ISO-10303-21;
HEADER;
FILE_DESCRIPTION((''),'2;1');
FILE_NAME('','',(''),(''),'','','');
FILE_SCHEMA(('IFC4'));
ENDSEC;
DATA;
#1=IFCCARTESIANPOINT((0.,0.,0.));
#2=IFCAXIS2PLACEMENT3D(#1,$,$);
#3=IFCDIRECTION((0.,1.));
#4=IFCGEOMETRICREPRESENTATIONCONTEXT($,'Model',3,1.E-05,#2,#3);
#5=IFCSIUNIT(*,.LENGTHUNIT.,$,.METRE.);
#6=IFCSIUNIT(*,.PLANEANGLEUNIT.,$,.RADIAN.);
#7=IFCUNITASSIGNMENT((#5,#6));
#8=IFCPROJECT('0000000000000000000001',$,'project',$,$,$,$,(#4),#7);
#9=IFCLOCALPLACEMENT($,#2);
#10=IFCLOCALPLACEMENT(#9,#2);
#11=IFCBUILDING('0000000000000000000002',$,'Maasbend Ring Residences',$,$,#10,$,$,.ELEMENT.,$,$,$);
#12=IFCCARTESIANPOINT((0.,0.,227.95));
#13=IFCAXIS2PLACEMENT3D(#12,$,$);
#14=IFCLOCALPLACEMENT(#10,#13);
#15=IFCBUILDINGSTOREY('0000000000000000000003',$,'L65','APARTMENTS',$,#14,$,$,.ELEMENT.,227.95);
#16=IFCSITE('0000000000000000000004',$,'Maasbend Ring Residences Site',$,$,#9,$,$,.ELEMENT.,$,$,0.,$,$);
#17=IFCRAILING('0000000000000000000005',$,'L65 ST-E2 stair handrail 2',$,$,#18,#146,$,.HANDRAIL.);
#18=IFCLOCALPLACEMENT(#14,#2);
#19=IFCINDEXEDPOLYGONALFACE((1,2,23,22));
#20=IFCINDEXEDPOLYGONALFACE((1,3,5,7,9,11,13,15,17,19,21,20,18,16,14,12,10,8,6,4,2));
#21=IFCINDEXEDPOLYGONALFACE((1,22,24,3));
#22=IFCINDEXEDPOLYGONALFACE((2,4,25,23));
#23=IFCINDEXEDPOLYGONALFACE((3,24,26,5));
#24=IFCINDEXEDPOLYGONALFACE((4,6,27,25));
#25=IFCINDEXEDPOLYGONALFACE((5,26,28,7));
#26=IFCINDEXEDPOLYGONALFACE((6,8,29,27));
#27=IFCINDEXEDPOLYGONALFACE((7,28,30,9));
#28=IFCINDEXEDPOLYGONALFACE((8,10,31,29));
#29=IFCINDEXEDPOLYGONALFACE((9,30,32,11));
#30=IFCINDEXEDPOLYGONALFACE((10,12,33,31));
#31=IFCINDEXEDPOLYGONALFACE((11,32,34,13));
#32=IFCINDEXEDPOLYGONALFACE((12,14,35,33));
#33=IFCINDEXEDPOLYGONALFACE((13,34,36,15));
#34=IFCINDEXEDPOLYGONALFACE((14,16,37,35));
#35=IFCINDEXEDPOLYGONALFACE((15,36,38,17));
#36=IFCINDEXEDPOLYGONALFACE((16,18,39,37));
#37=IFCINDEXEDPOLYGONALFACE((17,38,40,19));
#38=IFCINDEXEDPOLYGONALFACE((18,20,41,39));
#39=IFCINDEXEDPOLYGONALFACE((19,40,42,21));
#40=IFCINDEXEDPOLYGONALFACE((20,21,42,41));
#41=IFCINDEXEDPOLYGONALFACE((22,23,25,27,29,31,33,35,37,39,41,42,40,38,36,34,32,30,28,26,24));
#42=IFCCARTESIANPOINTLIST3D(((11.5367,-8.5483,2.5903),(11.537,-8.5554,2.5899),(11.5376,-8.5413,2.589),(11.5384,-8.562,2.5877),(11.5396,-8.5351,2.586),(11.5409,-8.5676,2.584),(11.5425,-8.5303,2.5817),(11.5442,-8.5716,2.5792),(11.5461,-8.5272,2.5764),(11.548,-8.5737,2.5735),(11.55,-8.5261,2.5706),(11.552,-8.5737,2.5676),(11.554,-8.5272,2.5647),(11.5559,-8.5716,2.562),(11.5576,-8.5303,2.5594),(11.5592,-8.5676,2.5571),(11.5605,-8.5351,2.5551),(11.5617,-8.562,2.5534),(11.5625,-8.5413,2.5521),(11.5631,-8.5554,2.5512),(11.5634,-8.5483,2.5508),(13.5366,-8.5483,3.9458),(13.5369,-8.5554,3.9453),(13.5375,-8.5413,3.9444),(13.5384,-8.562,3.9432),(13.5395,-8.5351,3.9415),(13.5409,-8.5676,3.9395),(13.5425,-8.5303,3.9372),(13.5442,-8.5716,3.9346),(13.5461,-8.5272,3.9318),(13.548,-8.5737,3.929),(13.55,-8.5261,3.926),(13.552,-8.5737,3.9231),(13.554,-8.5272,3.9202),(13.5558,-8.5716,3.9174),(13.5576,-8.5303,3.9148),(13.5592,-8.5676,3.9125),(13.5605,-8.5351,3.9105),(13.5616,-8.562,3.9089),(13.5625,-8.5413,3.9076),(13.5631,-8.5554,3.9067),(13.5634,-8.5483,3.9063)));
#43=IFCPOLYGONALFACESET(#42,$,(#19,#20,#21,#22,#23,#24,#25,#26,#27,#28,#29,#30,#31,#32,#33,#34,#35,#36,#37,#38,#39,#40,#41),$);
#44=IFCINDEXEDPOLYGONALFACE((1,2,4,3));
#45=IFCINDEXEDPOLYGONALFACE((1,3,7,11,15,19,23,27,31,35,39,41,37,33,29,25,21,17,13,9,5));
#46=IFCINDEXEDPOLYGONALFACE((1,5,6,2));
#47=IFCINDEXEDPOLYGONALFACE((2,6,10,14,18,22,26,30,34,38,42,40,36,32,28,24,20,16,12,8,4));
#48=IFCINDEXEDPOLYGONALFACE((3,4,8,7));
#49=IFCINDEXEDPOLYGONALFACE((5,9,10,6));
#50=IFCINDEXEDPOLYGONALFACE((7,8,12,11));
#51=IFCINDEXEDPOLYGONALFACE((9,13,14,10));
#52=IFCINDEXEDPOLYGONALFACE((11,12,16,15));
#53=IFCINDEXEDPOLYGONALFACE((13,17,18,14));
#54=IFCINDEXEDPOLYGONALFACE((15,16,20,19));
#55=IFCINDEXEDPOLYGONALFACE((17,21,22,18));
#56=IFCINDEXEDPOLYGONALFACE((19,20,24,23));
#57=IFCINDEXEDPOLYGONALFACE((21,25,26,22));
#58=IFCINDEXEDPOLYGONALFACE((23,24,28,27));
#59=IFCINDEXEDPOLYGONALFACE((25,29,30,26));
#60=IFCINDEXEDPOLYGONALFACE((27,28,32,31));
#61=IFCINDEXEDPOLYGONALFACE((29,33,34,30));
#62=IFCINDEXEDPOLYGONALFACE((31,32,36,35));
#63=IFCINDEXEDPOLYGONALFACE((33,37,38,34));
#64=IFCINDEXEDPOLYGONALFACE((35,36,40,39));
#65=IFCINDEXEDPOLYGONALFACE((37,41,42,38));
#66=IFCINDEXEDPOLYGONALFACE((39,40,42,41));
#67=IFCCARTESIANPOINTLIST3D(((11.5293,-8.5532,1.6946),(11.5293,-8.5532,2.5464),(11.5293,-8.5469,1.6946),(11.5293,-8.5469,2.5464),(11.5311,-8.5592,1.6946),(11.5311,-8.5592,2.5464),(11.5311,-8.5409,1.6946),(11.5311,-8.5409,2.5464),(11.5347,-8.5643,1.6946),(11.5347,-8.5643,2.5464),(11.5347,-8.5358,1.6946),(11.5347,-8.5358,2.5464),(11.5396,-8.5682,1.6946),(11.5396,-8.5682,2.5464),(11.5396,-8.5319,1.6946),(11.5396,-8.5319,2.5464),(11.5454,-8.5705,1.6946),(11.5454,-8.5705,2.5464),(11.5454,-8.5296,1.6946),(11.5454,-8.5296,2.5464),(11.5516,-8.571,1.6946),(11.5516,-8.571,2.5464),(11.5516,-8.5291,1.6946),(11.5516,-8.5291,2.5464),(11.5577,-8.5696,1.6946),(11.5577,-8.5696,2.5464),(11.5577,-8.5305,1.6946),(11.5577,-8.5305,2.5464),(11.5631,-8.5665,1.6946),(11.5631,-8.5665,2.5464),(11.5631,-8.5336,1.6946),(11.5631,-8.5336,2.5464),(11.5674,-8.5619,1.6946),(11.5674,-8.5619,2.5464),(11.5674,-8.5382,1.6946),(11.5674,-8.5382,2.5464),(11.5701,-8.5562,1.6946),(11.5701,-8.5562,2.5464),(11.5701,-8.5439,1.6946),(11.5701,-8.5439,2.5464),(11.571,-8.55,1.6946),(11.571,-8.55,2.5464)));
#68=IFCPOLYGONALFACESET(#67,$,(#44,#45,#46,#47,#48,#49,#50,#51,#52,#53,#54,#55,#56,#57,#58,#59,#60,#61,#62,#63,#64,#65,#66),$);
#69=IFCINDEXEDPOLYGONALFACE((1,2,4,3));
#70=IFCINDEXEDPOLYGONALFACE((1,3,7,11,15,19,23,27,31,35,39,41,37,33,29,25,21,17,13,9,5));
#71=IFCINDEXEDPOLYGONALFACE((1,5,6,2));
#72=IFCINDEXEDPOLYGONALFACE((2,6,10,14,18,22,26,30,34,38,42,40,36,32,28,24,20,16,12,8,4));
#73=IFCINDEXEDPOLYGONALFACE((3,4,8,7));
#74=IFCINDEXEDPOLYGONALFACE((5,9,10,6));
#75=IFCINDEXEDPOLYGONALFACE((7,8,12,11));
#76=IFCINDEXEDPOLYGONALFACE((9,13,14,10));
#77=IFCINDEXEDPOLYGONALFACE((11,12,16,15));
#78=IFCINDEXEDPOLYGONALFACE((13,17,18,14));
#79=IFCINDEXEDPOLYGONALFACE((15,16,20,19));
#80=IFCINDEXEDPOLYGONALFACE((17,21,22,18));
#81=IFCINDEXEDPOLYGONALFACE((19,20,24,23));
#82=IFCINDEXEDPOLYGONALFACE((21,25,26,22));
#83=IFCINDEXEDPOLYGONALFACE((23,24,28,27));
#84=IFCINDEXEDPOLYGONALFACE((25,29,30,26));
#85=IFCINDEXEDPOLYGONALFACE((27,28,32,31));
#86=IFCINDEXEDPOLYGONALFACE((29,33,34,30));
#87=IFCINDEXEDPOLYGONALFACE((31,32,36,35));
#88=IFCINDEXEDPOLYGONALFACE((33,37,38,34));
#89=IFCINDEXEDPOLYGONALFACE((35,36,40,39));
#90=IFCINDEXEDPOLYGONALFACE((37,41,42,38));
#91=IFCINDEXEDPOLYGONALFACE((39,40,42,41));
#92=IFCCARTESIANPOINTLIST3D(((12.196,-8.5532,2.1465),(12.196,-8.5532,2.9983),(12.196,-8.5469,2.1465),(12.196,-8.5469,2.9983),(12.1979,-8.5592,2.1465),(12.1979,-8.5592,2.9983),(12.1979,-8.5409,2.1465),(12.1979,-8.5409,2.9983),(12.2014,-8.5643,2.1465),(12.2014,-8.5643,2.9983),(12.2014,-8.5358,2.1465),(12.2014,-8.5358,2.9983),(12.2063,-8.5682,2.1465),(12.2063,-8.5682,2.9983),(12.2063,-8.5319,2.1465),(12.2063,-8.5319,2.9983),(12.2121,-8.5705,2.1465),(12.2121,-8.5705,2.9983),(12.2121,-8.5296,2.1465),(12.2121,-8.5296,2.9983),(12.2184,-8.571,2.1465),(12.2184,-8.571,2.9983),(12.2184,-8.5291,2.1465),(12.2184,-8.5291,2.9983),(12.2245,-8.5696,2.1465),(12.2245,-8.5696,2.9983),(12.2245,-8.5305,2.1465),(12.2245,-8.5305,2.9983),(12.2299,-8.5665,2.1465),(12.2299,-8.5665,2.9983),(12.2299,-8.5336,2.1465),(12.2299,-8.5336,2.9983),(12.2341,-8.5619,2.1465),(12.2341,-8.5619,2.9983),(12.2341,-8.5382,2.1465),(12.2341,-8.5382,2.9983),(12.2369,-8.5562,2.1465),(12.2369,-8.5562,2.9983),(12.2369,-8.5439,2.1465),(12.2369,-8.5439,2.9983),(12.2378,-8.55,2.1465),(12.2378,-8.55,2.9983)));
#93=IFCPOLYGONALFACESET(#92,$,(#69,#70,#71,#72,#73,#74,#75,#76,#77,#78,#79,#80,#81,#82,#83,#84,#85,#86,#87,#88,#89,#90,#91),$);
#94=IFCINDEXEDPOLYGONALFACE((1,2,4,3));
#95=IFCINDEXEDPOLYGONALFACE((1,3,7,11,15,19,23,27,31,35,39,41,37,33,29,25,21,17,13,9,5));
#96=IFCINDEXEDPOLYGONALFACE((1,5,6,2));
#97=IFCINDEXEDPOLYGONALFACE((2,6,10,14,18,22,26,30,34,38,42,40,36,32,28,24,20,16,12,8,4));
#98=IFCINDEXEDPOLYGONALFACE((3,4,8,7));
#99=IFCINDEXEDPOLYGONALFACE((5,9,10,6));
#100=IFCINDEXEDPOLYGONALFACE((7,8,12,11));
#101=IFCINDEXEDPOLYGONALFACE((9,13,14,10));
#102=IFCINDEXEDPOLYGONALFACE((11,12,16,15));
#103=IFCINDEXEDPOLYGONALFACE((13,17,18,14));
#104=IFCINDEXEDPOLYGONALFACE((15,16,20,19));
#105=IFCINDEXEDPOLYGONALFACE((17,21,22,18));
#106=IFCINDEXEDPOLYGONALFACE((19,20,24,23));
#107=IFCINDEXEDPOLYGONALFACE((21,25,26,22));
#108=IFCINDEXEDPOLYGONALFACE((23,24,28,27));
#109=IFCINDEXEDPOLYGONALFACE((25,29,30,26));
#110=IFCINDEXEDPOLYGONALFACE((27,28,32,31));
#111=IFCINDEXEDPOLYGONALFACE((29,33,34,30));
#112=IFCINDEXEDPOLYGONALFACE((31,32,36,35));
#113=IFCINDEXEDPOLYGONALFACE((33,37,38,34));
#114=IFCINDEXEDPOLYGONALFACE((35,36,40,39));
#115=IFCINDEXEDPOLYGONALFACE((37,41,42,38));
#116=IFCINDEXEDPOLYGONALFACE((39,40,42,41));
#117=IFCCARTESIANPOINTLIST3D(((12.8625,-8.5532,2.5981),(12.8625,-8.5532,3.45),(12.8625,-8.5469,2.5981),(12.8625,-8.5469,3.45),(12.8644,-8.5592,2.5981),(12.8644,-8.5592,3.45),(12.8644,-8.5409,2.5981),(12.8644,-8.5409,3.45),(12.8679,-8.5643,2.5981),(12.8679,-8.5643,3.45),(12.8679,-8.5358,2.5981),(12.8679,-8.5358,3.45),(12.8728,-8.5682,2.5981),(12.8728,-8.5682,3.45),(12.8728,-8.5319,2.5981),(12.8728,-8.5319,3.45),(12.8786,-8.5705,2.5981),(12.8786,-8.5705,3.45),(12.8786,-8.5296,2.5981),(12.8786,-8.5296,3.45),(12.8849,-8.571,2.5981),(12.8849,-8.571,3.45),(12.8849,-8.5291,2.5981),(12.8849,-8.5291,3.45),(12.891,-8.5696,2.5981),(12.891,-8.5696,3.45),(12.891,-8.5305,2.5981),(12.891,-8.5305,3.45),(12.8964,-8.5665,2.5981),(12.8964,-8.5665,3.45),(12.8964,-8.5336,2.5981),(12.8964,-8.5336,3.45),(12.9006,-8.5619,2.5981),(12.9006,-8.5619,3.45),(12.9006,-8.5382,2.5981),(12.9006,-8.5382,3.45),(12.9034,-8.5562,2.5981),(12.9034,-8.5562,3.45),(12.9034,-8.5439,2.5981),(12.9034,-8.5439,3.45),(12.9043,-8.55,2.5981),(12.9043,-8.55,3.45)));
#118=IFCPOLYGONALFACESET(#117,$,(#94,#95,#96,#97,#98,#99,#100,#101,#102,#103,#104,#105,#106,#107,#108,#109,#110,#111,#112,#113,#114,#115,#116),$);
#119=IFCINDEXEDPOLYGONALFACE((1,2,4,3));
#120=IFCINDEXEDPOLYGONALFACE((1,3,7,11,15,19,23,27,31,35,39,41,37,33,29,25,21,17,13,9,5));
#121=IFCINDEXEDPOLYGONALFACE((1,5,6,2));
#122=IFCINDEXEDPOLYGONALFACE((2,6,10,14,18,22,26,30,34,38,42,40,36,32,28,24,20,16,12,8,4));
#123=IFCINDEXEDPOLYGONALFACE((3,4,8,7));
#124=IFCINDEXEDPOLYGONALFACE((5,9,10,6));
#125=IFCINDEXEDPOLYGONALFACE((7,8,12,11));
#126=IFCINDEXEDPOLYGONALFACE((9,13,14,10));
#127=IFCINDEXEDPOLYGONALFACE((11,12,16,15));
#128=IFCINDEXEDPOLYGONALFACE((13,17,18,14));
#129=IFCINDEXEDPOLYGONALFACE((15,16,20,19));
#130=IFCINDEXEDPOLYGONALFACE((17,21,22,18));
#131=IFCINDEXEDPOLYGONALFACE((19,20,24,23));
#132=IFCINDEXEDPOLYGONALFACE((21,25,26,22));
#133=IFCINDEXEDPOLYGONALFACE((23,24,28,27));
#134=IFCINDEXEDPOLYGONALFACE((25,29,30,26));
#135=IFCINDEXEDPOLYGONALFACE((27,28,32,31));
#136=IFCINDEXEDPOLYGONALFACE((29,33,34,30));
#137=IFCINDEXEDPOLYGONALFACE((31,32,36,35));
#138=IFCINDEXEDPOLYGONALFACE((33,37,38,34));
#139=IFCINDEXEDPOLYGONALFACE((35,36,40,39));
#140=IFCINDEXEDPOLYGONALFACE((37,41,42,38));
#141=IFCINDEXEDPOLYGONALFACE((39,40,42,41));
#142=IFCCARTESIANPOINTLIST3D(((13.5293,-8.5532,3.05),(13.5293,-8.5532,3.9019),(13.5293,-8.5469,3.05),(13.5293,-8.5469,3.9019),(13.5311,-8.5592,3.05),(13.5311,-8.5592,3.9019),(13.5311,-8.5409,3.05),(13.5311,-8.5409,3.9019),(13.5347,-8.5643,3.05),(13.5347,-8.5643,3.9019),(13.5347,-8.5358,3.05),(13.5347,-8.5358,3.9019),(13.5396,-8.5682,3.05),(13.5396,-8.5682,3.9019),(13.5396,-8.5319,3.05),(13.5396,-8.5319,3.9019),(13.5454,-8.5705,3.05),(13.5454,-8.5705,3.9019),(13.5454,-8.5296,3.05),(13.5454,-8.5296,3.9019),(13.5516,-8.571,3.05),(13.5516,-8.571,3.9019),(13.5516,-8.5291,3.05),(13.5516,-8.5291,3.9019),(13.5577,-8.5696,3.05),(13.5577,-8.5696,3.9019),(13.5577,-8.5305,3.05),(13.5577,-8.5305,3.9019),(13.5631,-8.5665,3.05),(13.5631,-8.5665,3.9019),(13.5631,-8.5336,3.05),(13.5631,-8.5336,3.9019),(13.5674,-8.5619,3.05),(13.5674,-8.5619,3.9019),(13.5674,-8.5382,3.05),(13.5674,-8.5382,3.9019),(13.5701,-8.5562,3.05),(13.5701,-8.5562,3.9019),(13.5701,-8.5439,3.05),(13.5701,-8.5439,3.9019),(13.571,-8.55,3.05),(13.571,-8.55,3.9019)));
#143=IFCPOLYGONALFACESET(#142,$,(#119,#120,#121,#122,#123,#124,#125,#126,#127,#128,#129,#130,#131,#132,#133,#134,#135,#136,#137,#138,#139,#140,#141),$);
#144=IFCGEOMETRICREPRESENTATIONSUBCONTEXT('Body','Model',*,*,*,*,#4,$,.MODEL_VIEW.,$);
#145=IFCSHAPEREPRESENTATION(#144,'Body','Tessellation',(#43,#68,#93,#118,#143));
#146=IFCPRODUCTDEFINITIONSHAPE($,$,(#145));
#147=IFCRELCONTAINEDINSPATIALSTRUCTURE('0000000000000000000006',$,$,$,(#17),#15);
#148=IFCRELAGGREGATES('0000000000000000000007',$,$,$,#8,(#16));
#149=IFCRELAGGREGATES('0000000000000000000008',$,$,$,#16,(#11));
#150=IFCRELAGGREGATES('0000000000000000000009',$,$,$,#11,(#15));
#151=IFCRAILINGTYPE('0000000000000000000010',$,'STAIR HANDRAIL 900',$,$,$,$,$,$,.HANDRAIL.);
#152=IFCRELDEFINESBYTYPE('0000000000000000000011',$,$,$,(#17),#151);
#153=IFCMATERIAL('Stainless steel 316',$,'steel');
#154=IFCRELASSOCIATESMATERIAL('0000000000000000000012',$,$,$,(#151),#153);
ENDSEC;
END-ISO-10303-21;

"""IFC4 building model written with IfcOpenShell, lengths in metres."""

from ifc_helpers import new_model, si_unit, direction, frame, origin, origin_2d, place, context, subcontext, project, spatial, circle, extrude, material, type_object, element, save


model = new_model("IFC4")

# Units and contexts
model_context = context("Model", 3, precision=1e-05, world=origin(), true_north=direction((0.0, 1.0)))
body_context = subcontext(model_context, "Body", "Model", "MODEL_VIEW")
ifc_project = project(units=[si_unit("LENGTHUNIT", "METRE"), si_unit("PLANEANGLEUNIT", "RADIAN")], contexts=[model_context])

# Site, building, storey
site_placement = place(None, origin())
site = spatial("IfcSite", under=ifc_project, at=site_placement, Name="Maasbend Ring Residences Site", CompositionType="ELEMENT", RefElevation=0.0)
building_placement = place(site_placement, origin())
building = spatial("IfcBuilding", under=site, at=building_placement, Name="Maasbend Ring Residences", CompositionType="ELEMENT")
storey_placement = place(building_placement, frame((0.0, 0.0, 227.95)))
storey = spatial("IfcBuildingStorey", under=building, at=storey_placement, Name="L65", Description="APARTMENTS", CompositionType="ELEMENT", Elevation=227.95)

# Railing
ifc_material_1 = material(Name="Stainless steel 316", Category="steel")
railing_type_1 = type_object("IfcRailingType", Name="STAIR HANDRAIL 900", PredefinedType="HANDRAIL", material=ifc_material_1)
railing_1_placement = place(storey_placement, frame((11.55, -8.55, 1.6946)))
element("IfcRailing", 1, at=railing_1_placement, inside=storey, type_object=railing_type_1, Name="L65 ST-E2 stair handrail 2", PredefinedType="HANDRAIL", context=body_context, shape_type="SweptSolid", body=[
    extrude(circle(Radius=0.0239, at=origin_2d()), frame((0.0, 0.0, 0.876), z_axis=(0.827798, 0.0, 0.561027), x_axis=(0.0, 1.0, 0.0)), (0.0, 0.0, 1.0), 2.416),
    extrude(circle(Radius=0.021, at=origin_2d()), origin(), (0.0, 0.0, 1.0), 0.8518),
    extrude(circle(Radius=0.021, at=origin_2d()), frame((0.6667, 0.0, 0.4519)), (0.0, 0.0, 1.0), 0.8518),
    extrude(circle(Radius=0.021, at=origin_2d()), frame((1.3333, 0.0, 0.9036)), (0.0, 0.0, 1.0), 0.8518),
    extrude(circle(Radius=0.021, at=origin_2d()), frame((2.0, 0.0, 1.3555)), (0.0, 0.0, 1.0), 0.8518),
])

save(model, "model.ifc")
